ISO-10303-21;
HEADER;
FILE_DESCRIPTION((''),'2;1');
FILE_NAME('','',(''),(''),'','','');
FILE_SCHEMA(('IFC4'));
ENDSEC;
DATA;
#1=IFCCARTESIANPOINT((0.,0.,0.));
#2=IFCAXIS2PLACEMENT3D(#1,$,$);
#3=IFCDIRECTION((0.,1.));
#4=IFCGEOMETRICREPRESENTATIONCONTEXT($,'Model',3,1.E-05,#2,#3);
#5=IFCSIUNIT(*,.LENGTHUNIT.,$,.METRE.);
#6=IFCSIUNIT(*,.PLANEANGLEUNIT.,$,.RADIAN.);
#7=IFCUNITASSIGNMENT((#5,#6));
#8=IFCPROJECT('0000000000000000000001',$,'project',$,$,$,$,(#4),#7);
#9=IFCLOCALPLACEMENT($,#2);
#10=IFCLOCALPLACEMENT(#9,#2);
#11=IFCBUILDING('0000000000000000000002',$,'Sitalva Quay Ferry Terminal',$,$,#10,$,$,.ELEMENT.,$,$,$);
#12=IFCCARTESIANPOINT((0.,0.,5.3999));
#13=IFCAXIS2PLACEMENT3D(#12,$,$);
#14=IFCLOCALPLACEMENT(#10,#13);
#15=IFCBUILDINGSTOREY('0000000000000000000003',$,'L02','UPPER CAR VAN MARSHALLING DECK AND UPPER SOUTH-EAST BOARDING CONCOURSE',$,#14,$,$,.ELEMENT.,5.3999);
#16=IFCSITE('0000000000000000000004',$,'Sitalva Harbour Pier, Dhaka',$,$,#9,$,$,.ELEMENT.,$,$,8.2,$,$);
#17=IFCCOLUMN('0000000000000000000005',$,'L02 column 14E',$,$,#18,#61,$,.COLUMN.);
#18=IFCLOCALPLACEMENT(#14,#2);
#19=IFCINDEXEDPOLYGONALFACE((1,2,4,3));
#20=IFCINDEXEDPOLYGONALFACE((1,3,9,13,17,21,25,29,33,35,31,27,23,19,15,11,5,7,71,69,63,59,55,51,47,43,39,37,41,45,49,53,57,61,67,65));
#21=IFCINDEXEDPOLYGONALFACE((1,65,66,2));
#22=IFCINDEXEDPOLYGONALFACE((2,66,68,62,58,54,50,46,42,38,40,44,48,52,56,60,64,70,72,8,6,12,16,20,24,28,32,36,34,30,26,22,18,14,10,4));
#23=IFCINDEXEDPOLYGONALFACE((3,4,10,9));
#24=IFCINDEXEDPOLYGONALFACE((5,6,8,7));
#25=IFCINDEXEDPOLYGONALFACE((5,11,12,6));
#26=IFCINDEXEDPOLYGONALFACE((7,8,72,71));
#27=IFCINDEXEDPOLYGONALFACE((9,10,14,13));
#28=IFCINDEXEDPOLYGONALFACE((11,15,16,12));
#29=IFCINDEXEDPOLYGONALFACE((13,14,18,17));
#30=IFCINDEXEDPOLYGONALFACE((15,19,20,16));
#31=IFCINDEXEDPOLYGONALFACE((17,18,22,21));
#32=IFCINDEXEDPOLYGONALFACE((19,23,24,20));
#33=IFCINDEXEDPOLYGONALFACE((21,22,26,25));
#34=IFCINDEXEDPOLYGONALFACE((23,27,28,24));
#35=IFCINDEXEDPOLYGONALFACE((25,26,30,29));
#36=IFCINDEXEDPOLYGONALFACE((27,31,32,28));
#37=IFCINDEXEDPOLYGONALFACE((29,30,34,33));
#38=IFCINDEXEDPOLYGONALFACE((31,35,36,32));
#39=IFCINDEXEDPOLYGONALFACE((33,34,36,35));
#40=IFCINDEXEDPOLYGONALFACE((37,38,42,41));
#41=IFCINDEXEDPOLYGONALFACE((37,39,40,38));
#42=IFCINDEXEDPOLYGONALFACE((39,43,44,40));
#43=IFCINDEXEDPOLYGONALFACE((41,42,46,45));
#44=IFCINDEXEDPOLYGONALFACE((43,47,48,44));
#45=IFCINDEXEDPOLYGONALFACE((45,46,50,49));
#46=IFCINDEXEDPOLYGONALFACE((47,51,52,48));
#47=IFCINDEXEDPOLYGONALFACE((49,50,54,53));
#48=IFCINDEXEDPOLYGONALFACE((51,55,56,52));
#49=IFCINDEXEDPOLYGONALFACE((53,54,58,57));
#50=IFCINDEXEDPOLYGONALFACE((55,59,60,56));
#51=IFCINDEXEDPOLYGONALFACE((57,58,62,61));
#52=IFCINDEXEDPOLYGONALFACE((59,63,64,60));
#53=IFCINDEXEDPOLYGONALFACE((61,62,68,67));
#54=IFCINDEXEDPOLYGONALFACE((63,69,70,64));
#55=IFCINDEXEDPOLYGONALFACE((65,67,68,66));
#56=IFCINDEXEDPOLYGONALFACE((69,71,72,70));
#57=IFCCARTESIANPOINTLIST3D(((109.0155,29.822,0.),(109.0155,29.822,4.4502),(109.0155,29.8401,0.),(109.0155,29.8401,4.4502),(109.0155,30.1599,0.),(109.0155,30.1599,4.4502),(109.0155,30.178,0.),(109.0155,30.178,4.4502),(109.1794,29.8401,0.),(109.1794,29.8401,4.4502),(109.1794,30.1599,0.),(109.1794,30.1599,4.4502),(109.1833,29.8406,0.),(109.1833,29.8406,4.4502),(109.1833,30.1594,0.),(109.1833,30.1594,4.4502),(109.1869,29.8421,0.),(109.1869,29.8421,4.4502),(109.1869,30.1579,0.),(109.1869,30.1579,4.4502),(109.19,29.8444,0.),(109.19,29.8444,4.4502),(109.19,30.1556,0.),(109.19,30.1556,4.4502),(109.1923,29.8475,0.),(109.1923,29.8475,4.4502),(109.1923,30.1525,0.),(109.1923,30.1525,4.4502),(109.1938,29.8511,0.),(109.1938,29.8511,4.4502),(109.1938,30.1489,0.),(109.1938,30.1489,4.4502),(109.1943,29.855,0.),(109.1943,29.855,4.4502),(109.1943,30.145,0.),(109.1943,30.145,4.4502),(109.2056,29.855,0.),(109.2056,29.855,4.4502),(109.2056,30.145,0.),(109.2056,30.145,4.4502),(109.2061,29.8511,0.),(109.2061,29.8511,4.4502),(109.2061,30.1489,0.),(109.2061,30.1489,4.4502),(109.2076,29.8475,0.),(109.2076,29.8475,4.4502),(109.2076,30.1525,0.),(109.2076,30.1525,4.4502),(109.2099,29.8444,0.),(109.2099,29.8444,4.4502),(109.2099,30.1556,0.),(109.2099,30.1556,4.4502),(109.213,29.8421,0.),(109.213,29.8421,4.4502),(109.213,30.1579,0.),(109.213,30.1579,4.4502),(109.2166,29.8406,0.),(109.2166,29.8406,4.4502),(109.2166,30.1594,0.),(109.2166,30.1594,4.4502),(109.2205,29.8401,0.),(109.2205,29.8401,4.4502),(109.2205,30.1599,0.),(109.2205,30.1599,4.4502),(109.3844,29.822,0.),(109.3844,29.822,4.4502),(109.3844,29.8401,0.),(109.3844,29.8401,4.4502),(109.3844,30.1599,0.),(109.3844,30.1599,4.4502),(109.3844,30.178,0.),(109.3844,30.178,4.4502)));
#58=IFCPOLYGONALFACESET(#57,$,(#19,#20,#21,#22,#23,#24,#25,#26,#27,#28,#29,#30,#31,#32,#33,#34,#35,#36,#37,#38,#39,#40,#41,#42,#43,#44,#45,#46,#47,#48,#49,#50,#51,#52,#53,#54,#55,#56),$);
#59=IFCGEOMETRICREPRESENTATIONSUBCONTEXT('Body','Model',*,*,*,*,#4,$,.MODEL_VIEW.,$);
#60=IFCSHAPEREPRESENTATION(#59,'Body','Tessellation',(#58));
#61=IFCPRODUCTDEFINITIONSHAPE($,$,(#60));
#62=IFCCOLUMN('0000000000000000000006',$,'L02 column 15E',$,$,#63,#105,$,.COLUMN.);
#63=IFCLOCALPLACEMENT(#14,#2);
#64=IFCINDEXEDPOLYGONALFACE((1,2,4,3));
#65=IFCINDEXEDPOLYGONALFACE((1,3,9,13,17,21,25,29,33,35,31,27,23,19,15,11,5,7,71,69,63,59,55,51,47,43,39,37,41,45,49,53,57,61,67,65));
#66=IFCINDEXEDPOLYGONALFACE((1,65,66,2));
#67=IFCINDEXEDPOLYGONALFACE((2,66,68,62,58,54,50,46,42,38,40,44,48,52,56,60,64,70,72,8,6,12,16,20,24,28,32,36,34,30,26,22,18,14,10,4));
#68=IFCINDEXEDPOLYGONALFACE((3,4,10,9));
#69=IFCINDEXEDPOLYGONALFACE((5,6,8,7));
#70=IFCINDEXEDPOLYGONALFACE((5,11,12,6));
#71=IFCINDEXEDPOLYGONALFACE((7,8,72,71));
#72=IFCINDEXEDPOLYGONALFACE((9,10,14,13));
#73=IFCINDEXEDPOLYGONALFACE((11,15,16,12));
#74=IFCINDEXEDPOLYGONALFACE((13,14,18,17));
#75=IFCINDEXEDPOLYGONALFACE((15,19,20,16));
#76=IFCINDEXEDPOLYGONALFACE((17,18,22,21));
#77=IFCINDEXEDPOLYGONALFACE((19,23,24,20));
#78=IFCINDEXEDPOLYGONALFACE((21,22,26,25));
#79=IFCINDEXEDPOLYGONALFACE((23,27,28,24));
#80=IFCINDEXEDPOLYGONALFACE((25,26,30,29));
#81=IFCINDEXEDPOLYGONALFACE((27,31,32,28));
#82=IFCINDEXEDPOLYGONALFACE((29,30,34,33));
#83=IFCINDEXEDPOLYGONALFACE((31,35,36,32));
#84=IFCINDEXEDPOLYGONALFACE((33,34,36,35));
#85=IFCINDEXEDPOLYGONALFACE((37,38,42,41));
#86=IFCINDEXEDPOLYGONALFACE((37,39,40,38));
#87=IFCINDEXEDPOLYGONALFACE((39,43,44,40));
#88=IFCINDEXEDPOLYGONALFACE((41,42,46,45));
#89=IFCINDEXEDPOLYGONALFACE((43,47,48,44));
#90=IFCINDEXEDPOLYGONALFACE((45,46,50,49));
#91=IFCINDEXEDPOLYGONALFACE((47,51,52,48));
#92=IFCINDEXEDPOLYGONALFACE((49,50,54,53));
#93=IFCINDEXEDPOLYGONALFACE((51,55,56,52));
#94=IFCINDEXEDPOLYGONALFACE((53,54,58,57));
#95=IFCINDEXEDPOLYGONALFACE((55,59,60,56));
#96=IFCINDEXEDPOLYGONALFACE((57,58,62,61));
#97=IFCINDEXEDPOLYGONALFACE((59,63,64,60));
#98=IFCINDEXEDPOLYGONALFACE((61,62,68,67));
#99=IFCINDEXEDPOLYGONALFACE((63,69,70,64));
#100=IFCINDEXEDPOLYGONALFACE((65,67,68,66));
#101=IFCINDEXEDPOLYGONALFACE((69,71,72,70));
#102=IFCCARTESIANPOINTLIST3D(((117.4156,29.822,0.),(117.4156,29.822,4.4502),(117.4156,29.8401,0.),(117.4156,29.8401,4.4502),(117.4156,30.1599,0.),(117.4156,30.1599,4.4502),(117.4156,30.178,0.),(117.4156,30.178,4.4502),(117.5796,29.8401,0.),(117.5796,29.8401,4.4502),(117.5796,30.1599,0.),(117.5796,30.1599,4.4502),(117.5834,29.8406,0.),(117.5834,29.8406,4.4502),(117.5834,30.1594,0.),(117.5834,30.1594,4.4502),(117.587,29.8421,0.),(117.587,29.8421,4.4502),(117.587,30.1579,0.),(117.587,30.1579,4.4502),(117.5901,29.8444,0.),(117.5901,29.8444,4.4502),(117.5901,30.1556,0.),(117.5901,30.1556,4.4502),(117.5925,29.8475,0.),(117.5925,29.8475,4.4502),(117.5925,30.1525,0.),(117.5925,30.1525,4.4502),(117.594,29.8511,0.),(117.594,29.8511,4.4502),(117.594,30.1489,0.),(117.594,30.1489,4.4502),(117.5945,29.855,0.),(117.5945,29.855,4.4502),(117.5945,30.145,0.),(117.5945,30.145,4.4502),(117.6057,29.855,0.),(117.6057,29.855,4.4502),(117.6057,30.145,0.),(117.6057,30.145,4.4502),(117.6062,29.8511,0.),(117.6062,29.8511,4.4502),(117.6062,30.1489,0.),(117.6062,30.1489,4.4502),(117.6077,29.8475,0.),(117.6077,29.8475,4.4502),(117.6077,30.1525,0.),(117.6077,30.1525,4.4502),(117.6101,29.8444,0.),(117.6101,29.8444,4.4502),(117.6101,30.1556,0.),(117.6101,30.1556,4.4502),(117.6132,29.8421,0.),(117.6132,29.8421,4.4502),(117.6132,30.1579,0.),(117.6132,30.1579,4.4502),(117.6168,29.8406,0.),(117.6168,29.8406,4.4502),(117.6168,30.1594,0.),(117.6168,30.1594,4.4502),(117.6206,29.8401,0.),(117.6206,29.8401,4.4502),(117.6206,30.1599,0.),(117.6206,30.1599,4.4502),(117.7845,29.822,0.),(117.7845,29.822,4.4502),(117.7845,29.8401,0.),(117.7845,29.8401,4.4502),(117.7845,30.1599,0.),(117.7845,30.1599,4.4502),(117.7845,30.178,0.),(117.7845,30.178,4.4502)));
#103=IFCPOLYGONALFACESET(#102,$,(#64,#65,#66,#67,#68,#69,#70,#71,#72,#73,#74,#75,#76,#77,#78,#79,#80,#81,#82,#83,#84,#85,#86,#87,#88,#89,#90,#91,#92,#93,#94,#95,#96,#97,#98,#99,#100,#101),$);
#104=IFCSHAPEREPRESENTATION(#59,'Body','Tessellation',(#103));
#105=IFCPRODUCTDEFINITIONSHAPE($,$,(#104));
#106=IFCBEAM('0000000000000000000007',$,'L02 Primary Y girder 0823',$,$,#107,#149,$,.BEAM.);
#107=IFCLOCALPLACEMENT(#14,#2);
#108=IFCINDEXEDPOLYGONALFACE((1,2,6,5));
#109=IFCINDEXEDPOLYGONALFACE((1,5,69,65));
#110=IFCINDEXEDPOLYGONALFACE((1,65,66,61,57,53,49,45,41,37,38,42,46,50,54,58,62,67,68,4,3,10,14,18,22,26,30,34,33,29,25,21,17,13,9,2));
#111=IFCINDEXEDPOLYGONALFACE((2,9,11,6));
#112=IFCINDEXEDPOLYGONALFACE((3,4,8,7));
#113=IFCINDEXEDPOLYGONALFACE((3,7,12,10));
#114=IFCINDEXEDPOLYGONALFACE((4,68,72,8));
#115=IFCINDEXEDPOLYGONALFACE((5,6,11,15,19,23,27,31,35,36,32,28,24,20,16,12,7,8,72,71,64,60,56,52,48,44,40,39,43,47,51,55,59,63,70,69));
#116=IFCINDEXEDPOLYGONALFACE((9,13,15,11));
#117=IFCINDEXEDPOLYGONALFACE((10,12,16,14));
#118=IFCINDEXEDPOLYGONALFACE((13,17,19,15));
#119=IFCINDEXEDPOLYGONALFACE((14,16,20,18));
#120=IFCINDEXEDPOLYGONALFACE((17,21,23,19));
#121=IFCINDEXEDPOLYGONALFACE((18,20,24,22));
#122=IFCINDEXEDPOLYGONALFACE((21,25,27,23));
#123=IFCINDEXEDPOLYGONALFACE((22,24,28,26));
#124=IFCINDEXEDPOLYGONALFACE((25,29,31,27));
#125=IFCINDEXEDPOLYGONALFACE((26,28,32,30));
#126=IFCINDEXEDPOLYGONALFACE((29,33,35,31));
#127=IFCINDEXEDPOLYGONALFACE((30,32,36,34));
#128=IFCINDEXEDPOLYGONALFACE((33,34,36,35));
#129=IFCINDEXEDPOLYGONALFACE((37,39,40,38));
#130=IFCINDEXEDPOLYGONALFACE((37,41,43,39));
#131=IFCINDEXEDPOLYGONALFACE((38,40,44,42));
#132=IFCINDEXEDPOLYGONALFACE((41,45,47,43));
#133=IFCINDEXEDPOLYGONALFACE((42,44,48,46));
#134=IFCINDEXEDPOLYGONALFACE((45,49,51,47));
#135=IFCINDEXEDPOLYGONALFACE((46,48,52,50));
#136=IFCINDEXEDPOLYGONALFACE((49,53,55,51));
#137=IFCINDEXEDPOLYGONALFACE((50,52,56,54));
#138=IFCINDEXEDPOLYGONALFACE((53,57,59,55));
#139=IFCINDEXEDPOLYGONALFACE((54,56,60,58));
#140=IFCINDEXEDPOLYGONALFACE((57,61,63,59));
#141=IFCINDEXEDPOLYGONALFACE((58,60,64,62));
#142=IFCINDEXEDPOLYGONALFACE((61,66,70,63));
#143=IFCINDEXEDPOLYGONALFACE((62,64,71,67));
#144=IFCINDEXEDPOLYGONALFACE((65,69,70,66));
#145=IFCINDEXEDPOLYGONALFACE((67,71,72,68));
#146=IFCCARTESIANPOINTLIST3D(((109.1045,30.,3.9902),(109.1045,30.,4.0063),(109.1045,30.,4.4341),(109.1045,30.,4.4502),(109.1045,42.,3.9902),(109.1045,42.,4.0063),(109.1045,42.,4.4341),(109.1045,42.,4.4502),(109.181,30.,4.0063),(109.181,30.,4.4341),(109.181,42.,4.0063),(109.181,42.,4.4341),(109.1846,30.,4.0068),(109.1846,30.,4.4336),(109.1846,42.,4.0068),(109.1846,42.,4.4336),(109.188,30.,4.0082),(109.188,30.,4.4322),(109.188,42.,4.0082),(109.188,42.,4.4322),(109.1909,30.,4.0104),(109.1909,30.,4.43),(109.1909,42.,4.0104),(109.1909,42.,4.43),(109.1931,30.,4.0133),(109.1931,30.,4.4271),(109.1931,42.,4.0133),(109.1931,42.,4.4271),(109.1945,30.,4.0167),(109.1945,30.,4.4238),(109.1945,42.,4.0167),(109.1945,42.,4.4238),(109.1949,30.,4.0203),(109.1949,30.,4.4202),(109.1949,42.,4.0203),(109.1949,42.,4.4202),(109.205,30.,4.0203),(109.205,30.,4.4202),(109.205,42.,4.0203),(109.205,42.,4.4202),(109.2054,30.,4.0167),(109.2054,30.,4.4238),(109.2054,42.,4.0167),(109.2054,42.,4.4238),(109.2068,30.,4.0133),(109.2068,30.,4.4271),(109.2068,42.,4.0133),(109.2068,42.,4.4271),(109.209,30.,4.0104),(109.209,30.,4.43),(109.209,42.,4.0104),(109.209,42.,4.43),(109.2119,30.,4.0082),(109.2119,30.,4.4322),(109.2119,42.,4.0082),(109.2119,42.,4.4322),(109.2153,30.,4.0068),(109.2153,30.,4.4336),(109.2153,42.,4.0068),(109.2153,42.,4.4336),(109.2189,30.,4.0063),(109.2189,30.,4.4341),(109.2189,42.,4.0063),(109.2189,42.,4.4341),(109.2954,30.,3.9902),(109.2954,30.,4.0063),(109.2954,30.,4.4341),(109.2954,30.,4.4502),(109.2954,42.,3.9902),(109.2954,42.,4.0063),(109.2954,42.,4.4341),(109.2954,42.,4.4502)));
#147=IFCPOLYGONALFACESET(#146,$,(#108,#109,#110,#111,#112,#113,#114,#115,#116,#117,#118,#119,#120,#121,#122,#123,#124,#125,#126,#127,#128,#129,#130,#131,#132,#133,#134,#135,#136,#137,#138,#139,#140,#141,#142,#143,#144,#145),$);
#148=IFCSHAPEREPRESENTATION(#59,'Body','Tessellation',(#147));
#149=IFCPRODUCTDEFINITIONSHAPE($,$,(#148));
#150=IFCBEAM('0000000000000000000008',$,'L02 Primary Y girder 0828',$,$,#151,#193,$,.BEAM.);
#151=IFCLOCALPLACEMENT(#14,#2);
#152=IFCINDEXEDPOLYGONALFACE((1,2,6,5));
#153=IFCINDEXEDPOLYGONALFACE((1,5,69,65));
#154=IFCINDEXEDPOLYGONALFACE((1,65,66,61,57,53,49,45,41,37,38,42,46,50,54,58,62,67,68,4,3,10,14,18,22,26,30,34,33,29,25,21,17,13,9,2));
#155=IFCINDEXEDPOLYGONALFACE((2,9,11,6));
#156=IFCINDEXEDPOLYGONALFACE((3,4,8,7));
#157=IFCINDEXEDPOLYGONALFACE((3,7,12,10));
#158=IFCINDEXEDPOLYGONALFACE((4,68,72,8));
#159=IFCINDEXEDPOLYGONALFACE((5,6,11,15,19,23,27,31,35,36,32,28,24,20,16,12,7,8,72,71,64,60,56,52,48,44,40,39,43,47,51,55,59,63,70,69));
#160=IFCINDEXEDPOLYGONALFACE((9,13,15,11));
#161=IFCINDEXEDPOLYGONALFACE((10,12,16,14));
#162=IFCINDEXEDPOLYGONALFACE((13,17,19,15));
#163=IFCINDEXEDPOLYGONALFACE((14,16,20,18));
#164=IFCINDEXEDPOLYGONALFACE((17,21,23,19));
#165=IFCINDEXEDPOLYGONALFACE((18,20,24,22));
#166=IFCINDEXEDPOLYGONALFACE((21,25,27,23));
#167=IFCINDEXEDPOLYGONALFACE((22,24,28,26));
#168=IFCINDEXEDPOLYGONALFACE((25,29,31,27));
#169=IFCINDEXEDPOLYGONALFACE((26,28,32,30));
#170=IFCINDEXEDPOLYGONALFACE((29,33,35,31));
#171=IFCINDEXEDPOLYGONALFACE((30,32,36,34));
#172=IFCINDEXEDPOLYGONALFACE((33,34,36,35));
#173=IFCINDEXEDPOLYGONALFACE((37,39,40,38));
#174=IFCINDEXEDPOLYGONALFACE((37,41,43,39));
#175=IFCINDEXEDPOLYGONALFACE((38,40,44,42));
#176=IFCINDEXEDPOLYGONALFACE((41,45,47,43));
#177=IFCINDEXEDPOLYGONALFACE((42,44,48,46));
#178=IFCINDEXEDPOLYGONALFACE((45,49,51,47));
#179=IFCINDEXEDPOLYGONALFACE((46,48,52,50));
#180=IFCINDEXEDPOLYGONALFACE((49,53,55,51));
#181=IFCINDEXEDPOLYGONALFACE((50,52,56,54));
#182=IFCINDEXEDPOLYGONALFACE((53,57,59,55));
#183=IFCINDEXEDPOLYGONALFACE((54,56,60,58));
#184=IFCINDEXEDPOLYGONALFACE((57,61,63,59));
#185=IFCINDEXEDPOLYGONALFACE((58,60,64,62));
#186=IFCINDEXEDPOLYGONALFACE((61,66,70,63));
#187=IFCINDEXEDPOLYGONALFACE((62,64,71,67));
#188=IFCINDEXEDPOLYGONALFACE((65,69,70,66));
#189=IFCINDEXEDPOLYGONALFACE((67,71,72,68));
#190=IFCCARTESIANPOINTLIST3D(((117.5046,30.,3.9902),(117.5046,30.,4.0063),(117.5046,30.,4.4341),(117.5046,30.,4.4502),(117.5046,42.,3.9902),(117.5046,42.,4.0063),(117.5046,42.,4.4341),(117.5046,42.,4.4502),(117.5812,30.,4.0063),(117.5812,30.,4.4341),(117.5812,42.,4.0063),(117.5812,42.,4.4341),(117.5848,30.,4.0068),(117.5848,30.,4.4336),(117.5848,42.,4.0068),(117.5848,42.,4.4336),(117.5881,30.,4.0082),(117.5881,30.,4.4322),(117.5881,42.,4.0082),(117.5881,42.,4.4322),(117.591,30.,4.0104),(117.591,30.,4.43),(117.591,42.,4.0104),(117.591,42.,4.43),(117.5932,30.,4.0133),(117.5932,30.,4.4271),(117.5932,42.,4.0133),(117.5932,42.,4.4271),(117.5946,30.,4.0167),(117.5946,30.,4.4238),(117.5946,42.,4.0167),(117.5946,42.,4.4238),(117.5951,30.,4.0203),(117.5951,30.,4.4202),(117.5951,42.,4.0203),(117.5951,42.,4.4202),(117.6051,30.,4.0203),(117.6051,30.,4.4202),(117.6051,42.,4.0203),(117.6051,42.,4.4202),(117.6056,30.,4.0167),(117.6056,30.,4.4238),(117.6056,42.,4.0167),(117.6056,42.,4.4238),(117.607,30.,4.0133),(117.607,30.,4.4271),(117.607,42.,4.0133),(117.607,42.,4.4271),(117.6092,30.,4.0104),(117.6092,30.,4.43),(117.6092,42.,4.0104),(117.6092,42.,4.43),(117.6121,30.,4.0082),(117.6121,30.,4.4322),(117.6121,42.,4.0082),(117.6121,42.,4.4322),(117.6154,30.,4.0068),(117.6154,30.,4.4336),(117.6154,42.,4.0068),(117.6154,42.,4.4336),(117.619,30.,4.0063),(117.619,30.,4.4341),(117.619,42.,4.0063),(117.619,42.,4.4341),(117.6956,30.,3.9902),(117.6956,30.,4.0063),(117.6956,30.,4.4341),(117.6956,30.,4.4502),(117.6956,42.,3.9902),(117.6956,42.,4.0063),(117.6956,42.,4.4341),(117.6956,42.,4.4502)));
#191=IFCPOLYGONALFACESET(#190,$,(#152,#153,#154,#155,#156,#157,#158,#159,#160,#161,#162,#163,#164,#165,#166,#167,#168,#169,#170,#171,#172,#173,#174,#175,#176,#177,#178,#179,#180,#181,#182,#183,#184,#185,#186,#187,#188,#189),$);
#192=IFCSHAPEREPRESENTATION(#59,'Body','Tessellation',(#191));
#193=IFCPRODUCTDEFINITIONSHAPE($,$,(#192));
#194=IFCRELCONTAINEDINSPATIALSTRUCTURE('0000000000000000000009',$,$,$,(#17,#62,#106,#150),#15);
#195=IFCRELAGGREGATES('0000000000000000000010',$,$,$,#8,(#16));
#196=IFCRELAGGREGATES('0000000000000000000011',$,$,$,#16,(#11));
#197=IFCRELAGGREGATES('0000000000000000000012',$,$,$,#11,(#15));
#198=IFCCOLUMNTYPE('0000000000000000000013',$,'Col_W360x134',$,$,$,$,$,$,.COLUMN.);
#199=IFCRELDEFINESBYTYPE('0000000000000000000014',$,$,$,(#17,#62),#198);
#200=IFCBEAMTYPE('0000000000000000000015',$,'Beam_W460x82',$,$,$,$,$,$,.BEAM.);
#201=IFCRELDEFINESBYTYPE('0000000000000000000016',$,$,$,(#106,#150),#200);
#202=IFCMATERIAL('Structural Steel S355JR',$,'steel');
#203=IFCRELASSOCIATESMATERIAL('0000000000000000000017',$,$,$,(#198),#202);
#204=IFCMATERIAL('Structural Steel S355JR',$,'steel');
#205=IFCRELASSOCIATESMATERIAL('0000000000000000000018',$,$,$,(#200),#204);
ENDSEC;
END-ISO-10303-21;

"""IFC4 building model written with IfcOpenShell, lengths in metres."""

from ifc_helpers import new_model, si_unit, direction, frame, origin, origin_2d, place, context, subcontext, project, spatial, i_section, extrude, material, material_profile, profile_set, type_object, element, save


model = new_model("IFC4")

# Units and contexts
model_context = context("Model", 3, precision=1e-05, world=origin(), true_north=direction((0.0, 1.0)))
body_context = subcontext(model_context, "Body", "Model", "MODEL_VIEW")
ifc_project = project(units=[si_unit("LENGTHUNIT", "METRE"), si_unit("PLANEANGLEUNIT", "RADIAN")], contexts=[model_context])

# Site, building, storey
site_placement = place(None, origin())
site = spatial("IfcSite", under=ifc_project, at=site_placement, Name="Sitalva Harbour Pier, Dhaka", CompositionType="ELEMENT", RefElevation=8.2)
building_placement = place(site_placement, origin())
building = spatial("IfcBuilding", under=site, at=building_placement, Name="Sitalva Quay Ferry Terminal", CompositionType="ELEMENT")
storey_placement = place(building_placement, frame((0.0, 0.0, 5.3999)))
storey = spatial("IfcBuildingStorey", under=building, at=storey_placement, Name="L02", Description="UPPER CAR VAN MARSHALLING DECK AND UPPER SOUTH-EAST BOARDING CONCOURSE", CompositionType="ELEMENT", Elevation=5.3999)

# Columns
ifc_material_1 = material(Name="Structural Steel S355JR", Category="steel")
ifc_material_profile_1 = material_profile(ifc_material_1, i_section(OverallWidth=0.3689, OverallDepth=0.356, WebThickness=0.0112, FlangeThickness=0.0181, FilletRadius=0.0149, at=origin_2d()), Name="W360x134")
ifc_profile_set_1 = profile_set([ifc_material_profile_1], Name="Structural Steel S355JR")
column_type = type_object("IfcColumnType", Name="Col_W360x134", PredefinedType="COLUMN", material=ifc_profile_set_1)
for number, where, z_axis, x_axis, name in (
    (1, (109.2, 30.0, 0.0), (0.0, 0.0, 1.0), (1.0, 0.0, 0.0), "L02 column 14E"),
    (2, (117.6001, 30.0, 0.0), (0.0, 0.0, 1.0), (1.0, 0.0, 0.0), "L02 column 15E"),
):
    element("IfcColumn", number, at=place(storey_placement, frame(where, z_axis=z_axis, x_axis=x_axis)), inside=storey, type_object=column_type, Name=name, PredefinedType="COLUMN", context=body_context, shape_type="SweptSolid", body=[
        extrude(i_section(OverallWidth=0.3689, OverallDepth=0.356, WebThickness=0.0112, FlangeThickness=0.0181, FilletRadius=0.0149, at=origin_2d()), origin(), (0.0, 0.0, 1.0), 4.4502),
    ])

# Beams
ifc_material_2 = material(Name="Structural Steel S355JR", Category="steel")
ifc_material_profile_2 = material_profile(ifc_material_2, i_section(OverallWidth=0.1909, OverallDepth=0.46, WebThickness=0.01, FlangeThickness=0.0161, FilletRadius=0.0139, at=origin_2d()), Name="W460x82")
ifc_profile_set_2 = profile_set([ifc_material_profile_2], Name="Structural Steel S355JR")
beam_type_1 = type_object("IfcBeamType", Name="Beam_W460x82", PredefinedType="BEAM", material=ifc_profile_set_2)
for number, where, z_axis, x_axis, name in (
    (3, (109.2, 30.0, 4.2202), (0.0, 1.0, 0.0), (-1.0, 0.0, 0.0), "L02 Primary Y girder 0823"),
    (4, (117.6001, 30.0, 4.2202), (0.0, 1.0, 0.0), (-1.0, 0.0, 0.0), "L02 Primary Y girder 0828"),
):
    element("IfcBeam", number, at=place(storey_placement, frame(where, z_axis=z_axis, x_axis=x_axis)), inside=storey, type_object=beam_type_1, Name=name, PredefinedType="BEAM", context=body_context, shape_type="SweptSolid", body=[
        extrude(i_section(OverallWidth=0.1909, OverallDepth=0.46, WebThickness=0.01, FlangeThickness=0.0161, FilletRadius=0.0139, at=origin_2d()), origin(), (0.0, 0.0, 1.0), 12.0),
    ])

save(model, "model.ifc")
